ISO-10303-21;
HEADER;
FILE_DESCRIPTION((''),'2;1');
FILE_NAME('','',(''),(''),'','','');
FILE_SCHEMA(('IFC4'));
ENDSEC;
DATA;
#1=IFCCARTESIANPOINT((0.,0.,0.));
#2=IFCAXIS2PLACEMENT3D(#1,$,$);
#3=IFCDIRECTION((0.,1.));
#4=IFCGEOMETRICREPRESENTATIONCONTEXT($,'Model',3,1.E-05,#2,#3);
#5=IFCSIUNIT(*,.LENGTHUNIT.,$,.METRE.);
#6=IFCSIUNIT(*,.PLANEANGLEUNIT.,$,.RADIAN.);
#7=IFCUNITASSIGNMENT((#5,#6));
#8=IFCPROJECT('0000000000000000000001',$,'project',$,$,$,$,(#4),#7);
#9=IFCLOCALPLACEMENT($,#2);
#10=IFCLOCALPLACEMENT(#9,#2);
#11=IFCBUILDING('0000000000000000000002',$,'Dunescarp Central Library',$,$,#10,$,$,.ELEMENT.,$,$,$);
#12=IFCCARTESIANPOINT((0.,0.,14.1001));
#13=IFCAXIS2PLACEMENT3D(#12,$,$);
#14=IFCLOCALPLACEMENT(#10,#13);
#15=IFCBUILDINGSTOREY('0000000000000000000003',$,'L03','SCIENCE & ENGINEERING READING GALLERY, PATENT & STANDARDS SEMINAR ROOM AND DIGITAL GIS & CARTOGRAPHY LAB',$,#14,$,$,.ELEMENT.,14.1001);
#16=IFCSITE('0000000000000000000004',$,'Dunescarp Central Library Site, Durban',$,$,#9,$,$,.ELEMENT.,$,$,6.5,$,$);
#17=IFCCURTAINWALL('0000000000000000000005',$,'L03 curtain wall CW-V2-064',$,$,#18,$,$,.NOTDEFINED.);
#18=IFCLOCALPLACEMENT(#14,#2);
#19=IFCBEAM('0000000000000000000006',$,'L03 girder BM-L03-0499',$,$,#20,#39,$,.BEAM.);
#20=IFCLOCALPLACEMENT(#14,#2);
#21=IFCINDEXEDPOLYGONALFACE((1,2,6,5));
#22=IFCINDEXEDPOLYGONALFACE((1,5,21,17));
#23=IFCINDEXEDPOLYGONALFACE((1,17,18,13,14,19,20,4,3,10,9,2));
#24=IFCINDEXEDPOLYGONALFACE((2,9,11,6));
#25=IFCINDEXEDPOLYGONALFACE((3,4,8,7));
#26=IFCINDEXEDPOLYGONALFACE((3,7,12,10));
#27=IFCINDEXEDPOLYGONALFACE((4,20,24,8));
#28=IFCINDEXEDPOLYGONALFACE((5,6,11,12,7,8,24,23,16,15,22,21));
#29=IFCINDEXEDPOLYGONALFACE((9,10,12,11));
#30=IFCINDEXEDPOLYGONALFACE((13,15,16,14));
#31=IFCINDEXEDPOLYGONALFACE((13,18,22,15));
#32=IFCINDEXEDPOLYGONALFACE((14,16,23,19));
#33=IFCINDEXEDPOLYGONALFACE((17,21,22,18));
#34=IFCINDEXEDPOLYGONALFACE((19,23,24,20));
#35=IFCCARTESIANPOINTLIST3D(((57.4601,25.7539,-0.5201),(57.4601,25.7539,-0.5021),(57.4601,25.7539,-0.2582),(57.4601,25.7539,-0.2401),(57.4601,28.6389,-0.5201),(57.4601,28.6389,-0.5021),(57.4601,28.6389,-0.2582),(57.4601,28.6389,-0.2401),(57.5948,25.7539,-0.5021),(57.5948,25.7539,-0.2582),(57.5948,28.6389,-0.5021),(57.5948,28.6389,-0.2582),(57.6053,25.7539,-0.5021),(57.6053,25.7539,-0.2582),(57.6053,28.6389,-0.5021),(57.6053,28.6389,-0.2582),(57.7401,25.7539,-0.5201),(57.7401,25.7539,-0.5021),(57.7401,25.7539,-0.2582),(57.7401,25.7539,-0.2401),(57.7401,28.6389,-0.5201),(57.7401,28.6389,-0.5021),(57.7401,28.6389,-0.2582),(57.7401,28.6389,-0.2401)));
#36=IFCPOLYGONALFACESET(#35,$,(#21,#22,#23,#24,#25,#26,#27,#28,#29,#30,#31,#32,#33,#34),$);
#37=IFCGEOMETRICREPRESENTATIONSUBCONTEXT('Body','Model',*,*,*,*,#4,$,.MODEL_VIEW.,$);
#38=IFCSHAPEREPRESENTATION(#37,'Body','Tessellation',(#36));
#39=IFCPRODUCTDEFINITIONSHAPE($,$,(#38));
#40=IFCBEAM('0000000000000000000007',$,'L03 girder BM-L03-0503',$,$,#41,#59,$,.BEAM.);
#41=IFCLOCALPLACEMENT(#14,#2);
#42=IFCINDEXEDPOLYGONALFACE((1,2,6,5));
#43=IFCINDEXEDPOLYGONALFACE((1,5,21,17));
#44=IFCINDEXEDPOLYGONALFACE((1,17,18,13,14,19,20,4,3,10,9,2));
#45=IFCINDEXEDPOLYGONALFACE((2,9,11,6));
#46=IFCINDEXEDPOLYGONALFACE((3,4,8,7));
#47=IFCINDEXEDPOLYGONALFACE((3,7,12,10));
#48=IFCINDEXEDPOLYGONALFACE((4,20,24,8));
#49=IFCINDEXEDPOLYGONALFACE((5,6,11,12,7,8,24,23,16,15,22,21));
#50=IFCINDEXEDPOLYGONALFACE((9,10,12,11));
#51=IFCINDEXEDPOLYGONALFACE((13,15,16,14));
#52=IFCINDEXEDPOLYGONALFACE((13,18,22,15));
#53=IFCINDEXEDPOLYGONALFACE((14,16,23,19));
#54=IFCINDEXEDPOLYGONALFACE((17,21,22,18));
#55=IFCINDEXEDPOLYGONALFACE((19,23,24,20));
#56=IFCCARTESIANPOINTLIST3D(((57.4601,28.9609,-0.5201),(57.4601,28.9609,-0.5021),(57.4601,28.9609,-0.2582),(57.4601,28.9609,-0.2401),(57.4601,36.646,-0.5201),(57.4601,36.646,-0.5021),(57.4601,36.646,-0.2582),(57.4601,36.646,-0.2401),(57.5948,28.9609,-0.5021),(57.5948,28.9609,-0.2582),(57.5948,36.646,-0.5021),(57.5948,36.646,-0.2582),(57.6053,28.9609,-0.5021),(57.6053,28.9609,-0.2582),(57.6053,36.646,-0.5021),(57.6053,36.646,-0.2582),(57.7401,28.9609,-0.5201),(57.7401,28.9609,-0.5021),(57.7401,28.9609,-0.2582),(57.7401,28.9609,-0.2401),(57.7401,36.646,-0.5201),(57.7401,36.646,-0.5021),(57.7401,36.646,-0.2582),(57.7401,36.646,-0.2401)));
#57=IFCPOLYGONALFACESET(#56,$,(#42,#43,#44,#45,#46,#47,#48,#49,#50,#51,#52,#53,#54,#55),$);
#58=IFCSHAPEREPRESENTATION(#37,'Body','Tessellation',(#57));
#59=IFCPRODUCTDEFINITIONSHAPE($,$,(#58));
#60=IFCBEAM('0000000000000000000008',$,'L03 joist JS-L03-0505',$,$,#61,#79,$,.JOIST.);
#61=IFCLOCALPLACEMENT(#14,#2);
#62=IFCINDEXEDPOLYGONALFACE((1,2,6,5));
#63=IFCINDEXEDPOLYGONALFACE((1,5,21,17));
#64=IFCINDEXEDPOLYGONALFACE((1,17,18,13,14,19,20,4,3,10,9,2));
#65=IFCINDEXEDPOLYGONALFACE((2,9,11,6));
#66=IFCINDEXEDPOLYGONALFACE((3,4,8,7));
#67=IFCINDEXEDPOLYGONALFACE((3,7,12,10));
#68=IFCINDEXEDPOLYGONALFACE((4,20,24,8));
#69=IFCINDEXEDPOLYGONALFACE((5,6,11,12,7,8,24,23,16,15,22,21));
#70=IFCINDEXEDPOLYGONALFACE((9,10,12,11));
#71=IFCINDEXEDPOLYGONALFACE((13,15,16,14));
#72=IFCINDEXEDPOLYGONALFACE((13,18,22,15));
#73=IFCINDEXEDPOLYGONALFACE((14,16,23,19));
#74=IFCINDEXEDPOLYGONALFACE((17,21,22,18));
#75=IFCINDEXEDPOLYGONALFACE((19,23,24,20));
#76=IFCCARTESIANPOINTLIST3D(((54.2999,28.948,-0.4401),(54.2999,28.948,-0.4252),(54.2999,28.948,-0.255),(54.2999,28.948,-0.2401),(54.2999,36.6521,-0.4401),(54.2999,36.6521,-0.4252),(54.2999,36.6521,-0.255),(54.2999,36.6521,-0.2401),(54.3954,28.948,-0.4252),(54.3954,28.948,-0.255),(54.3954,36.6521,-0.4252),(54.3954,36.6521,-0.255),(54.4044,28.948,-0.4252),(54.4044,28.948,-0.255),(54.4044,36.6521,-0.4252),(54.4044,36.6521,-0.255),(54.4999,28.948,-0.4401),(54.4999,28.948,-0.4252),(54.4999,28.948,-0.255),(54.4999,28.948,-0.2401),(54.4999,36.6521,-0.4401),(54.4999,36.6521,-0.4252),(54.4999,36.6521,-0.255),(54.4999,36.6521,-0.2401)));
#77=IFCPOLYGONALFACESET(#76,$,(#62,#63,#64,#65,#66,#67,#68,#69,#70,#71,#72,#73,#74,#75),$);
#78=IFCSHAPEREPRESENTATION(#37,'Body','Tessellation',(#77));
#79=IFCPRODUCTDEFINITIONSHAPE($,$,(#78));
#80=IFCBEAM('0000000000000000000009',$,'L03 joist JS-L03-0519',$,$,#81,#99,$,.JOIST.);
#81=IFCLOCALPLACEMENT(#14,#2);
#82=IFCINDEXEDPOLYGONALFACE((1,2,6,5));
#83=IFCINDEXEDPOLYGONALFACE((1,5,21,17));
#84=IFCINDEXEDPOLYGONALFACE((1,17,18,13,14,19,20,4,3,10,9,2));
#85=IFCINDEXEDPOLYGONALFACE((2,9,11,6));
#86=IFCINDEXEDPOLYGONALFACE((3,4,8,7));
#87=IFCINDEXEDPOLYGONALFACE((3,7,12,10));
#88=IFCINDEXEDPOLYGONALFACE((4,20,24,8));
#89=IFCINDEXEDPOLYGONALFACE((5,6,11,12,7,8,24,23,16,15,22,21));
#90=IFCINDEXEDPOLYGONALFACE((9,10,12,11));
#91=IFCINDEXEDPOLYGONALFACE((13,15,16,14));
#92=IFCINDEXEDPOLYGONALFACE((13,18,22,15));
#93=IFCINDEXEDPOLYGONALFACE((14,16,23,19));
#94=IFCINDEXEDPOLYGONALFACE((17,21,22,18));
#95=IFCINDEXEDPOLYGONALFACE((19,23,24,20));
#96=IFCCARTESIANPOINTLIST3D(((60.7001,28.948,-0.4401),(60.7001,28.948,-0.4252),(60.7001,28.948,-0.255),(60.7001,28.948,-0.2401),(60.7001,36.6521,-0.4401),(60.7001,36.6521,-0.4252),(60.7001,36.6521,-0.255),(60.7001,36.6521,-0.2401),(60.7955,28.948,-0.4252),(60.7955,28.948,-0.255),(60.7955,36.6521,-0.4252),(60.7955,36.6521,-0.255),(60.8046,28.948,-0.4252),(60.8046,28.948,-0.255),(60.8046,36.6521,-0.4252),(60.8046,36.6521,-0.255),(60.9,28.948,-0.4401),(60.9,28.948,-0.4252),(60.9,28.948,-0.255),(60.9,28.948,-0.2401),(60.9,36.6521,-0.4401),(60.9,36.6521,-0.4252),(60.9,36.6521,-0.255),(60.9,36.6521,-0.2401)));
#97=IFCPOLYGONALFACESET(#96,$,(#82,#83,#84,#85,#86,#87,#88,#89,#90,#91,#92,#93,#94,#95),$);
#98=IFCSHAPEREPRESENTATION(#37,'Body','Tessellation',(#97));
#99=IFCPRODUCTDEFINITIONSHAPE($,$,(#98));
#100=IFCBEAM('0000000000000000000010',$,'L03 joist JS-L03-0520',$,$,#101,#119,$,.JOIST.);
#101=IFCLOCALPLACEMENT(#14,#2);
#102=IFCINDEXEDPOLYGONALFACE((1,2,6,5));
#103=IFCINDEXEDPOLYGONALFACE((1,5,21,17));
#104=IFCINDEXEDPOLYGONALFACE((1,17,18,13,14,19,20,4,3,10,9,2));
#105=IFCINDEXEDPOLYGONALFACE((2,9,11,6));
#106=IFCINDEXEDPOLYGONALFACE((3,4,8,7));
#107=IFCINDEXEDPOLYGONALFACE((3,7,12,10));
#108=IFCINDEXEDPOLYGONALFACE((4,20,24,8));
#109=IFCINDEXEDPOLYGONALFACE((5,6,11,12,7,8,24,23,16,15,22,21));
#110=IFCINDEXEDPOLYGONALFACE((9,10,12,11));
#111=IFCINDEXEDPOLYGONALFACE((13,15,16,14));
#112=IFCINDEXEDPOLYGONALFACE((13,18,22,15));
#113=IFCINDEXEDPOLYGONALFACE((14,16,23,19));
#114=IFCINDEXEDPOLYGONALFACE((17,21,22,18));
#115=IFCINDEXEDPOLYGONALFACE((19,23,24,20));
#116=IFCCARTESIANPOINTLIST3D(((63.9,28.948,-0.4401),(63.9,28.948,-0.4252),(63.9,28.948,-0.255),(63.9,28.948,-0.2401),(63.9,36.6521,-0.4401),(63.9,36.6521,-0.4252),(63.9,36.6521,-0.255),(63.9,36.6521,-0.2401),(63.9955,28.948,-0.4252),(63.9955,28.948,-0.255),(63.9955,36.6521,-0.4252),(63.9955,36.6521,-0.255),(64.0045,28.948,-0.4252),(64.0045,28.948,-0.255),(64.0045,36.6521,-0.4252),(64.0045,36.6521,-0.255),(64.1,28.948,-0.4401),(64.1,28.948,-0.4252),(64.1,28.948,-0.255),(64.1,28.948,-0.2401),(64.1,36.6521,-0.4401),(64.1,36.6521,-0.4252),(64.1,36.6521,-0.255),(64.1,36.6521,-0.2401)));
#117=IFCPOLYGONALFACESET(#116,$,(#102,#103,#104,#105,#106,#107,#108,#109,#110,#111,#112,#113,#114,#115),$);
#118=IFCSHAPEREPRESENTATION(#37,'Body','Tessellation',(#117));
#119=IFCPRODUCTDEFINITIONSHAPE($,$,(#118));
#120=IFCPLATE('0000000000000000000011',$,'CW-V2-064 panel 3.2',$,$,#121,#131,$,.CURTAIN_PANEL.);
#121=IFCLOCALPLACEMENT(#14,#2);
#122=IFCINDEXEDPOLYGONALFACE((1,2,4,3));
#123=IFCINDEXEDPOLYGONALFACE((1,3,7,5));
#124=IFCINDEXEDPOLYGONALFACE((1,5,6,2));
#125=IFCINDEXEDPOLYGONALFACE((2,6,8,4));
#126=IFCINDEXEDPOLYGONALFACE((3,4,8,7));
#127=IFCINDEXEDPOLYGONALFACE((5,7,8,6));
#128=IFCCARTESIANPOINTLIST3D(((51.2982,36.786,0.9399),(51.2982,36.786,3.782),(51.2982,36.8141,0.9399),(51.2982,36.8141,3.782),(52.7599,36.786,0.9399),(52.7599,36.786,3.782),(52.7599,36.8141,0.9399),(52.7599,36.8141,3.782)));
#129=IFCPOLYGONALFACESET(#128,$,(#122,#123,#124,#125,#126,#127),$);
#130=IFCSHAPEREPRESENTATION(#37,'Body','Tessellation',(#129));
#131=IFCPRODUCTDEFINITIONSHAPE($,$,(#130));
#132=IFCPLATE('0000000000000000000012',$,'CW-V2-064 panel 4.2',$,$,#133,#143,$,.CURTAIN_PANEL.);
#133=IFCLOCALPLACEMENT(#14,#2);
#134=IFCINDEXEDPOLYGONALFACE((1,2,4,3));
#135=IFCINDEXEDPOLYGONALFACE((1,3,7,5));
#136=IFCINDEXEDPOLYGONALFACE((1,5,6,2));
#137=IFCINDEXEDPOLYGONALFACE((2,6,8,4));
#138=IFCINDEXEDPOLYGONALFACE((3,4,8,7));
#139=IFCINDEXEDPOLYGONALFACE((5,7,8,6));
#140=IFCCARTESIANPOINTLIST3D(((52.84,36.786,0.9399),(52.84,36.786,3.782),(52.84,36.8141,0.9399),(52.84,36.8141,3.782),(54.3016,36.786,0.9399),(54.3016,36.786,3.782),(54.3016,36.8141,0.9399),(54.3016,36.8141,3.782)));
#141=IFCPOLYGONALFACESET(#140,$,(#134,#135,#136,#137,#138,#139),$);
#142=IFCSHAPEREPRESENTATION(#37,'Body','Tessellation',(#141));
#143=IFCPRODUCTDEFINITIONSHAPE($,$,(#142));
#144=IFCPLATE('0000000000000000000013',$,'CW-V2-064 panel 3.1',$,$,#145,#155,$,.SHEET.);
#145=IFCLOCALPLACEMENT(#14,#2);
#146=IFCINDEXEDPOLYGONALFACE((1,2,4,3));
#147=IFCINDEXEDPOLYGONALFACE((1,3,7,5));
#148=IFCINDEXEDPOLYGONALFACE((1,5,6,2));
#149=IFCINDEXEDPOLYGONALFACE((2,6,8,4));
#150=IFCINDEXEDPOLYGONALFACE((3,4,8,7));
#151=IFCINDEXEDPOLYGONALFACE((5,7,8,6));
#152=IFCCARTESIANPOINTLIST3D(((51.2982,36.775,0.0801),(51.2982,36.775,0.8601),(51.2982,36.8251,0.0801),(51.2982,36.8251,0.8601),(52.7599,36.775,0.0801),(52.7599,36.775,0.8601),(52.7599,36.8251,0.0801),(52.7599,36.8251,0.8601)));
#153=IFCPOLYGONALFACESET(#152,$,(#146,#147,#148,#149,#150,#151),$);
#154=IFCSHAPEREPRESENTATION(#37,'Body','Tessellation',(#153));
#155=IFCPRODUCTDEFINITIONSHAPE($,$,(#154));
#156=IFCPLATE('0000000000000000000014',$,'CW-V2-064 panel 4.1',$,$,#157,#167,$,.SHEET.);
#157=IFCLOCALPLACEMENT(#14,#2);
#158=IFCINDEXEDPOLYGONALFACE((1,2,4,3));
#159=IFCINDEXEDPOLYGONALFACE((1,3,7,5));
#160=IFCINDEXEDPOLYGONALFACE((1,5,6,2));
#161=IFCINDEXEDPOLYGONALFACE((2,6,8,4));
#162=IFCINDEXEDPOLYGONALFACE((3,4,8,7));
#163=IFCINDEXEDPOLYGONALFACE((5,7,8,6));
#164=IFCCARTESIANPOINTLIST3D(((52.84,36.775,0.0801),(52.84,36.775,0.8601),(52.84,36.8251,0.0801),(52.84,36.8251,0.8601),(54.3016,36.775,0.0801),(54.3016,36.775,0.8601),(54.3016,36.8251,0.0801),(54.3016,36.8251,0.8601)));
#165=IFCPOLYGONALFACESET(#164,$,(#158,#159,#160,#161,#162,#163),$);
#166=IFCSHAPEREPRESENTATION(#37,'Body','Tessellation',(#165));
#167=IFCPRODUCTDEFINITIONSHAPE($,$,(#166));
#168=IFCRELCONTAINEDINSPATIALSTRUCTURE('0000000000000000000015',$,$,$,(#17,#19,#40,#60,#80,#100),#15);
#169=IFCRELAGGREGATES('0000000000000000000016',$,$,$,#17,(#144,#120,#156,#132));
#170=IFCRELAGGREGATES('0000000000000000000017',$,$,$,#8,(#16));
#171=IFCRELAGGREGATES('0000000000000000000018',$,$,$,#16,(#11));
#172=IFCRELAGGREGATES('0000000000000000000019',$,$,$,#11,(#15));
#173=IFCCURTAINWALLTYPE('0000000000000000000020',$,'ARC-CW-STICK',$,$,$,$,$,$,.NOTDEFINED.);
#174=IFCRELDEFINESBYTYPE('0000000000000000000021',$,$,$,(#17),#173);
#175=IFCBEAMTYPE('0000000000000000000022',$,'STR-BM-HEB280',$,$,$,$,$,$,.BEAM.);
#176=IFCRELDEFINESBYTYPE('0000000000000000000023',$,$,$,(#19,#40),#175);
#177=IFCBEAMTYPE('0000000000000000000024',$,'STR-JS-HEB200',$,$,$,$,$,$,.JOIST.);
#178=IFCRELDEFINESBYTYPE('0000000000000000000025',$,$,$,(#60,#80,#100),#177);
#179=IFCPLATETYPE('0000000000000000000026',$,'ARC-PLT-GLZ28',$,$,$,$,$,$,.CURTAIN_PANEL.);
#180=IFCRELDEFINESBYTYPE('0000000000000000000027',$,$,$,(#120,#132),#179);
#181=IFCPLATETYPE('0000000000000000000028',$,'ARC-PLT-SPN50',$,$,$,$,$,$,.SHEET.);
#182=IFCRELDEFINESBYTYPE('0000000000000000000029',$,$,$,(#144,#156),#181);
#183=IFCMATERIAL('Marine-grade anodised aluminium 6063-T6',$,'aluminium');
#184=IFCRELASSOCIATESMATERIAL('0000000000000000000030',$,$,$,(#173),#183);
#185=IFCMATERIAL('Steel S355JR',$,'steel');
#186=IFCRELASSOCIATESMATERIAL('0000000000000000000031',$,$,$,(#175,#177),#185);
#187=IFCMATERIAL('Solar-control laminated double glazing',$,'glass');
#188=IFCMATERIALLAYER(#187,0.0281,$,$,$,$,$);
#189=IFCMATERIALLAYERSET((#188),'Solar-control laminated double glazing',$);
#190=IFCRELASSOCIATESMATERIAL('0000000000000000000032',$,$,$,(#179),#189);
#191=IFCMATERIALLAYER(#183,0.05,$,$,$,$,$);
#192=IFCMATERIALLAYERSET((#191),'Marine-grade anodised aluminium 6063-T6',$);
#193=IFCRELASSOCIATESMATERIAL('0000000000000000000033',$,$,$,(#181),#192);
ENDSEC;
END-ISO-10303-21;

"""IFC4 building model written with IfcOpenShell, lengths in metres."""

from ifc_helpers import new_model, si_unit, direction, frame, origin, origin_2d, place, context, subcontext, project, spatial, rectangle, i_section, extrude, material, layer, layer_set, material_profile, profile_set, type_object, element, aggregate, save


model = new_model("IFC4")

# Units and contexts
model_context = context("Model", 3, precision=1e-05, world=origin(), true_north=direction((0.0, 1.0)))
body_context = subcontext(model_context, "Body", "Model", "MODEL_VIEW")
ifc_project = project(units=[si_unit("LENGTHUNIT", "METRE"), si_unit("PLANEANGLEUNIT", "RADIAN")], contexts=[model_context])

# Site, building, storey
site_placement = place(None, origin())
site = spatial("IfcSite", under=ifc_project, at=site_placement, Name="Dunescarp Central Library Site, Durban", CompositionType="ELEMENT", RefElevation=6.5)
building_placement = place(site_placement, origin())
building = spatial("IfcBuilding", under=site, at=building_placement, Name="Dunescarp Central Library", CompositionType="ELEMENT")
storey_placement = place(building_placement, frame((0.0, 0.0, 14.1001)))
storey = spatial("IfcBuildingStorey", under=building, at=storey_placement, Name="L03", Description="SCIENCE & ENGINEERING READING GALLERY, PATENT & STANDARDS SEMINAR ROOM AND DIGITAL GIS & CARTOGRAPHY LAB", CompositionType="ELEMENT", Elevation=14.1001)

# Shared definitions
ifc_material_1 = material(Name="Steel S355JR", Category="steel")

# Curtain wall
ifc_material_2 = material(Name="Marine-grade anodised aluminium 6063-T6", Category="aluminium")
curtain_wall_type = type_object("IfcCurtainWallType", Name="ARC-CW-STICK", PredefinedType="NOTDEFINED", material=ifc_material_2)
curtain_wall_placement = place(storey_placement, origin())
curtain_wall = element("IfcCurtainWall", 1, at=curtain_wall_placement, inside=storey, type_object=curtain_wall_type, Name="L03 curtain wall CW-V2-064", PredefinedType="NOTDEFINED")

# Beams
ifc_material_profile_1 = material_profile(ifc_material_1, i_section(OverallWidth=0.28, OverallDepth=0.28, WebThickness=0.0105, FlangeThickness=0.0181, at=origin_2d()), Name="HEB 280")
ifc_profile_set_1 = profile_set([ifc_material_profile_1], Name="Steel S355JR")
beam_type_1 = type_object("IfcBeamType", Name="STR-BM-HEB280", PredefinedType="BEAM", material=ifc_profile_set_1)
beam_1_placement = place(storey_placement, frame((57.6001, 25.7539, -0.3801), z_axis=(0.0, 1.0, 0.0), x_axis=(-1.0, 0.0, 0.0)))
element("IfcBeam", 2, at=beam_1_placement, inside=storey, type_object=beam_type_1, Name="L03 girder BM-L03-0499", PredefinedType="BEAM", context=body_context, shape_type="SweptSolid", body=[
    extrude(i_section(OverallWidth=0.28, OverallDepth=0.28, WebThickness=0.0105, FlangeThickness=0.0181, at=origin_2d()), origin(), (0.0, 0.0, 1.0), 2.885),
])
beam_2_placement = place(storey_placement, frame((57.6001, 28.9609, -0.3801), z_axis=(0.0, 1.0, 0.0), x_axis=(-1.0, 0.0, 0.0)))
element("IfcBeam", 3, at=beam_2_placement, inside=storey, type_object=beam_type_1, Name="L03 girder BM-L03-0503", PredefinedType="BEAM", context=body_context, shape_type="SweptSolid", body=[
    extrude(i_section(OverallWidth=0.28, OverallDepth=0.28, WebThickness=0.0105, FlangeThickness=0.0181, at=origin_2d()), origin(), (0.0, 0.0, 1.0), 7.6851),
])
ifc_material_profile_2 = material_profile(ifc_material_1, i_section(OverallWidth=0.2, OverallDepth=0.2, WebThickness=0.009, FlangeThickness=0.0149, at=origin_2d()), Name="HEB 200")
ifc_profile_set_2 = profile_set([ifc_material_profile_2], Name="Steel S355JR")
beam_type_2 = type_object("IfcBeamType", Name="STR-JS-HEB200", PredefinedType="JOIST", material=ifc_profile_set_2)
for number, where, z_axis, x_axis, name in (
    (4, (54.3999, 28.948, -0.3401), (0.0, 1.0, 0.0), (-1.0, 0.0, 0.0), "L03 joist JS-L03-0505"),
    (5, (60.8, 28.948, -0.3401), (0.0, 1.0, 0.0), (-1.0, 0.0, 0.0), "L03 joist JS-L03-0519"),
    (6, (64.0, 28.948, -0.3401), (0.0, 1.0, 0.0), (-1.0, 0.0, 0.0), "L03 joist JS-L03-0520"),
):
    element("IfcBeam", number, at=place(storey_placement, frame(where, z_axis=z_axis, x_axis=x_axis)), inside=storey, type_object=beam_type_2, Name=name, PredefinedType="JOIST", context=body_context, shape_type="SweptSolid", body=[
        extrude(i_section(OverallWidth=0.2, OverallDepth=0.2, WebThickness=0.009, FlangeThickness=0.0149, at=origin_2d()), origin(), (0.0, 0.0, 1.0), 7.7041),
    ])

# Plates
ifc_material_3 = material(Name="Solar-control laminated double glazing", Category="glass")
ifc_layer_1 = layer(ifc_material_3, 0.0281)
ifc_layer_set_1 = layer_set([ifc_layer_1], Name="Solar-control laminated double glazing")
plate_type_1 = type_object("IfcPlateType", Name="ARC-PLT-GLZ28", PredefinedType="CURTAIN_PANEL", material=ifc_layer_set_1)
plate_1_placement = place(storey_placement, frame((52.0291, 36.8, 0.9399), z_axis=(0.0, 0.0, 1.0), x_axis=(1.0, 0.0, 0.0)))
plate_1 = element("IfcPlate", 7, at=plate_1_placement, type_object=plate_type_1, Name="CW-V2-064 panel 3.2", PredefinedType="CURTAIN_PANEL", context=body_context, shape_type="SweptSolid", body=[
    extrude(rectangle(XDim=1.4617, YDim=0.0281, at=origin_2d()), origin(), (0.0, 0.0, 1.0), 2.842),
])
plate_2_placement = place(storey_placement, frame((53.5708, 36.8, 0.9399), z_axis=(0.0, 0.0, 1.0), x_axis=(1.0, 0.0, 0.0)))
plate_2 = element("IfcPlate", 8, at=plate_2_placement, type_object=plate_type_1, Name="CW-V2-064 panel 4.2", PredefinedType="CURTAIN_PANEL", context=body_context, shape_type="SweptSolid", body=[
    extrude(rectangle(XDim=1.4617, YDim=0.0281, at=origin_2d()), origin(), (0.0, 0.0, 1.0), 2.842),
])
ifc_layer_2 = layer(ifc_material_2, 0.05)
ifc_layer_set_2 = layer_set([ifc_layer_2], Name="Marine-grade anodised aluminium 6063-T6")
plate_type_2 = type_object("IfcPlateType", Name="ARC-PLT-SPN50", PredefinedType="SHEET", material=ifc_layer_set_2)
plate_3_placement = place(storey_placement, frame((52.0291, 36.8, 0.0801), z_axis=(0.0, 0.0, 1.0), x_axis=(1.0, 0.0, 0.0)))
plate_3 = element("IfcPlate", 9, at=plate_3_placement, type_object=plate_type_2, Name="CW-V2-064 panel 3.1", PredefinedType="SHEET", context=body_context, shape_type="SweptSolid", body=[
    extrude(rectangle(XDim=1.4617, YDim=0.05, at=origin_2d()), origin(), (0.0, 0.0, 1.0), 0.78),
])
plate_4_placement = place(storey_placement, frame((53.5708, 36.8, 0.0801), z_axis=(0.0, 0.0, 1.0), x_axis=(1.0, 0.0, 0.0)))
plate_4 = element("IfcPlate", 10, at=plate_4_placement, type_object=plate_type_2, Name="CW-V2-064 panel 4.1", PredefinedType="SHEET", context=body_context, shape_type="SweptSolid", body=[
    extrude(rectangle(XDim=1.4617, YDim=0.05, at=origin_2d()), origin(), (0.0, 0.0, 1.0), 0.78),
])
aggregate(curtain_wall, [plate_3, plate_1, plate_4, plate_2])

save(model, "model.ifc")
